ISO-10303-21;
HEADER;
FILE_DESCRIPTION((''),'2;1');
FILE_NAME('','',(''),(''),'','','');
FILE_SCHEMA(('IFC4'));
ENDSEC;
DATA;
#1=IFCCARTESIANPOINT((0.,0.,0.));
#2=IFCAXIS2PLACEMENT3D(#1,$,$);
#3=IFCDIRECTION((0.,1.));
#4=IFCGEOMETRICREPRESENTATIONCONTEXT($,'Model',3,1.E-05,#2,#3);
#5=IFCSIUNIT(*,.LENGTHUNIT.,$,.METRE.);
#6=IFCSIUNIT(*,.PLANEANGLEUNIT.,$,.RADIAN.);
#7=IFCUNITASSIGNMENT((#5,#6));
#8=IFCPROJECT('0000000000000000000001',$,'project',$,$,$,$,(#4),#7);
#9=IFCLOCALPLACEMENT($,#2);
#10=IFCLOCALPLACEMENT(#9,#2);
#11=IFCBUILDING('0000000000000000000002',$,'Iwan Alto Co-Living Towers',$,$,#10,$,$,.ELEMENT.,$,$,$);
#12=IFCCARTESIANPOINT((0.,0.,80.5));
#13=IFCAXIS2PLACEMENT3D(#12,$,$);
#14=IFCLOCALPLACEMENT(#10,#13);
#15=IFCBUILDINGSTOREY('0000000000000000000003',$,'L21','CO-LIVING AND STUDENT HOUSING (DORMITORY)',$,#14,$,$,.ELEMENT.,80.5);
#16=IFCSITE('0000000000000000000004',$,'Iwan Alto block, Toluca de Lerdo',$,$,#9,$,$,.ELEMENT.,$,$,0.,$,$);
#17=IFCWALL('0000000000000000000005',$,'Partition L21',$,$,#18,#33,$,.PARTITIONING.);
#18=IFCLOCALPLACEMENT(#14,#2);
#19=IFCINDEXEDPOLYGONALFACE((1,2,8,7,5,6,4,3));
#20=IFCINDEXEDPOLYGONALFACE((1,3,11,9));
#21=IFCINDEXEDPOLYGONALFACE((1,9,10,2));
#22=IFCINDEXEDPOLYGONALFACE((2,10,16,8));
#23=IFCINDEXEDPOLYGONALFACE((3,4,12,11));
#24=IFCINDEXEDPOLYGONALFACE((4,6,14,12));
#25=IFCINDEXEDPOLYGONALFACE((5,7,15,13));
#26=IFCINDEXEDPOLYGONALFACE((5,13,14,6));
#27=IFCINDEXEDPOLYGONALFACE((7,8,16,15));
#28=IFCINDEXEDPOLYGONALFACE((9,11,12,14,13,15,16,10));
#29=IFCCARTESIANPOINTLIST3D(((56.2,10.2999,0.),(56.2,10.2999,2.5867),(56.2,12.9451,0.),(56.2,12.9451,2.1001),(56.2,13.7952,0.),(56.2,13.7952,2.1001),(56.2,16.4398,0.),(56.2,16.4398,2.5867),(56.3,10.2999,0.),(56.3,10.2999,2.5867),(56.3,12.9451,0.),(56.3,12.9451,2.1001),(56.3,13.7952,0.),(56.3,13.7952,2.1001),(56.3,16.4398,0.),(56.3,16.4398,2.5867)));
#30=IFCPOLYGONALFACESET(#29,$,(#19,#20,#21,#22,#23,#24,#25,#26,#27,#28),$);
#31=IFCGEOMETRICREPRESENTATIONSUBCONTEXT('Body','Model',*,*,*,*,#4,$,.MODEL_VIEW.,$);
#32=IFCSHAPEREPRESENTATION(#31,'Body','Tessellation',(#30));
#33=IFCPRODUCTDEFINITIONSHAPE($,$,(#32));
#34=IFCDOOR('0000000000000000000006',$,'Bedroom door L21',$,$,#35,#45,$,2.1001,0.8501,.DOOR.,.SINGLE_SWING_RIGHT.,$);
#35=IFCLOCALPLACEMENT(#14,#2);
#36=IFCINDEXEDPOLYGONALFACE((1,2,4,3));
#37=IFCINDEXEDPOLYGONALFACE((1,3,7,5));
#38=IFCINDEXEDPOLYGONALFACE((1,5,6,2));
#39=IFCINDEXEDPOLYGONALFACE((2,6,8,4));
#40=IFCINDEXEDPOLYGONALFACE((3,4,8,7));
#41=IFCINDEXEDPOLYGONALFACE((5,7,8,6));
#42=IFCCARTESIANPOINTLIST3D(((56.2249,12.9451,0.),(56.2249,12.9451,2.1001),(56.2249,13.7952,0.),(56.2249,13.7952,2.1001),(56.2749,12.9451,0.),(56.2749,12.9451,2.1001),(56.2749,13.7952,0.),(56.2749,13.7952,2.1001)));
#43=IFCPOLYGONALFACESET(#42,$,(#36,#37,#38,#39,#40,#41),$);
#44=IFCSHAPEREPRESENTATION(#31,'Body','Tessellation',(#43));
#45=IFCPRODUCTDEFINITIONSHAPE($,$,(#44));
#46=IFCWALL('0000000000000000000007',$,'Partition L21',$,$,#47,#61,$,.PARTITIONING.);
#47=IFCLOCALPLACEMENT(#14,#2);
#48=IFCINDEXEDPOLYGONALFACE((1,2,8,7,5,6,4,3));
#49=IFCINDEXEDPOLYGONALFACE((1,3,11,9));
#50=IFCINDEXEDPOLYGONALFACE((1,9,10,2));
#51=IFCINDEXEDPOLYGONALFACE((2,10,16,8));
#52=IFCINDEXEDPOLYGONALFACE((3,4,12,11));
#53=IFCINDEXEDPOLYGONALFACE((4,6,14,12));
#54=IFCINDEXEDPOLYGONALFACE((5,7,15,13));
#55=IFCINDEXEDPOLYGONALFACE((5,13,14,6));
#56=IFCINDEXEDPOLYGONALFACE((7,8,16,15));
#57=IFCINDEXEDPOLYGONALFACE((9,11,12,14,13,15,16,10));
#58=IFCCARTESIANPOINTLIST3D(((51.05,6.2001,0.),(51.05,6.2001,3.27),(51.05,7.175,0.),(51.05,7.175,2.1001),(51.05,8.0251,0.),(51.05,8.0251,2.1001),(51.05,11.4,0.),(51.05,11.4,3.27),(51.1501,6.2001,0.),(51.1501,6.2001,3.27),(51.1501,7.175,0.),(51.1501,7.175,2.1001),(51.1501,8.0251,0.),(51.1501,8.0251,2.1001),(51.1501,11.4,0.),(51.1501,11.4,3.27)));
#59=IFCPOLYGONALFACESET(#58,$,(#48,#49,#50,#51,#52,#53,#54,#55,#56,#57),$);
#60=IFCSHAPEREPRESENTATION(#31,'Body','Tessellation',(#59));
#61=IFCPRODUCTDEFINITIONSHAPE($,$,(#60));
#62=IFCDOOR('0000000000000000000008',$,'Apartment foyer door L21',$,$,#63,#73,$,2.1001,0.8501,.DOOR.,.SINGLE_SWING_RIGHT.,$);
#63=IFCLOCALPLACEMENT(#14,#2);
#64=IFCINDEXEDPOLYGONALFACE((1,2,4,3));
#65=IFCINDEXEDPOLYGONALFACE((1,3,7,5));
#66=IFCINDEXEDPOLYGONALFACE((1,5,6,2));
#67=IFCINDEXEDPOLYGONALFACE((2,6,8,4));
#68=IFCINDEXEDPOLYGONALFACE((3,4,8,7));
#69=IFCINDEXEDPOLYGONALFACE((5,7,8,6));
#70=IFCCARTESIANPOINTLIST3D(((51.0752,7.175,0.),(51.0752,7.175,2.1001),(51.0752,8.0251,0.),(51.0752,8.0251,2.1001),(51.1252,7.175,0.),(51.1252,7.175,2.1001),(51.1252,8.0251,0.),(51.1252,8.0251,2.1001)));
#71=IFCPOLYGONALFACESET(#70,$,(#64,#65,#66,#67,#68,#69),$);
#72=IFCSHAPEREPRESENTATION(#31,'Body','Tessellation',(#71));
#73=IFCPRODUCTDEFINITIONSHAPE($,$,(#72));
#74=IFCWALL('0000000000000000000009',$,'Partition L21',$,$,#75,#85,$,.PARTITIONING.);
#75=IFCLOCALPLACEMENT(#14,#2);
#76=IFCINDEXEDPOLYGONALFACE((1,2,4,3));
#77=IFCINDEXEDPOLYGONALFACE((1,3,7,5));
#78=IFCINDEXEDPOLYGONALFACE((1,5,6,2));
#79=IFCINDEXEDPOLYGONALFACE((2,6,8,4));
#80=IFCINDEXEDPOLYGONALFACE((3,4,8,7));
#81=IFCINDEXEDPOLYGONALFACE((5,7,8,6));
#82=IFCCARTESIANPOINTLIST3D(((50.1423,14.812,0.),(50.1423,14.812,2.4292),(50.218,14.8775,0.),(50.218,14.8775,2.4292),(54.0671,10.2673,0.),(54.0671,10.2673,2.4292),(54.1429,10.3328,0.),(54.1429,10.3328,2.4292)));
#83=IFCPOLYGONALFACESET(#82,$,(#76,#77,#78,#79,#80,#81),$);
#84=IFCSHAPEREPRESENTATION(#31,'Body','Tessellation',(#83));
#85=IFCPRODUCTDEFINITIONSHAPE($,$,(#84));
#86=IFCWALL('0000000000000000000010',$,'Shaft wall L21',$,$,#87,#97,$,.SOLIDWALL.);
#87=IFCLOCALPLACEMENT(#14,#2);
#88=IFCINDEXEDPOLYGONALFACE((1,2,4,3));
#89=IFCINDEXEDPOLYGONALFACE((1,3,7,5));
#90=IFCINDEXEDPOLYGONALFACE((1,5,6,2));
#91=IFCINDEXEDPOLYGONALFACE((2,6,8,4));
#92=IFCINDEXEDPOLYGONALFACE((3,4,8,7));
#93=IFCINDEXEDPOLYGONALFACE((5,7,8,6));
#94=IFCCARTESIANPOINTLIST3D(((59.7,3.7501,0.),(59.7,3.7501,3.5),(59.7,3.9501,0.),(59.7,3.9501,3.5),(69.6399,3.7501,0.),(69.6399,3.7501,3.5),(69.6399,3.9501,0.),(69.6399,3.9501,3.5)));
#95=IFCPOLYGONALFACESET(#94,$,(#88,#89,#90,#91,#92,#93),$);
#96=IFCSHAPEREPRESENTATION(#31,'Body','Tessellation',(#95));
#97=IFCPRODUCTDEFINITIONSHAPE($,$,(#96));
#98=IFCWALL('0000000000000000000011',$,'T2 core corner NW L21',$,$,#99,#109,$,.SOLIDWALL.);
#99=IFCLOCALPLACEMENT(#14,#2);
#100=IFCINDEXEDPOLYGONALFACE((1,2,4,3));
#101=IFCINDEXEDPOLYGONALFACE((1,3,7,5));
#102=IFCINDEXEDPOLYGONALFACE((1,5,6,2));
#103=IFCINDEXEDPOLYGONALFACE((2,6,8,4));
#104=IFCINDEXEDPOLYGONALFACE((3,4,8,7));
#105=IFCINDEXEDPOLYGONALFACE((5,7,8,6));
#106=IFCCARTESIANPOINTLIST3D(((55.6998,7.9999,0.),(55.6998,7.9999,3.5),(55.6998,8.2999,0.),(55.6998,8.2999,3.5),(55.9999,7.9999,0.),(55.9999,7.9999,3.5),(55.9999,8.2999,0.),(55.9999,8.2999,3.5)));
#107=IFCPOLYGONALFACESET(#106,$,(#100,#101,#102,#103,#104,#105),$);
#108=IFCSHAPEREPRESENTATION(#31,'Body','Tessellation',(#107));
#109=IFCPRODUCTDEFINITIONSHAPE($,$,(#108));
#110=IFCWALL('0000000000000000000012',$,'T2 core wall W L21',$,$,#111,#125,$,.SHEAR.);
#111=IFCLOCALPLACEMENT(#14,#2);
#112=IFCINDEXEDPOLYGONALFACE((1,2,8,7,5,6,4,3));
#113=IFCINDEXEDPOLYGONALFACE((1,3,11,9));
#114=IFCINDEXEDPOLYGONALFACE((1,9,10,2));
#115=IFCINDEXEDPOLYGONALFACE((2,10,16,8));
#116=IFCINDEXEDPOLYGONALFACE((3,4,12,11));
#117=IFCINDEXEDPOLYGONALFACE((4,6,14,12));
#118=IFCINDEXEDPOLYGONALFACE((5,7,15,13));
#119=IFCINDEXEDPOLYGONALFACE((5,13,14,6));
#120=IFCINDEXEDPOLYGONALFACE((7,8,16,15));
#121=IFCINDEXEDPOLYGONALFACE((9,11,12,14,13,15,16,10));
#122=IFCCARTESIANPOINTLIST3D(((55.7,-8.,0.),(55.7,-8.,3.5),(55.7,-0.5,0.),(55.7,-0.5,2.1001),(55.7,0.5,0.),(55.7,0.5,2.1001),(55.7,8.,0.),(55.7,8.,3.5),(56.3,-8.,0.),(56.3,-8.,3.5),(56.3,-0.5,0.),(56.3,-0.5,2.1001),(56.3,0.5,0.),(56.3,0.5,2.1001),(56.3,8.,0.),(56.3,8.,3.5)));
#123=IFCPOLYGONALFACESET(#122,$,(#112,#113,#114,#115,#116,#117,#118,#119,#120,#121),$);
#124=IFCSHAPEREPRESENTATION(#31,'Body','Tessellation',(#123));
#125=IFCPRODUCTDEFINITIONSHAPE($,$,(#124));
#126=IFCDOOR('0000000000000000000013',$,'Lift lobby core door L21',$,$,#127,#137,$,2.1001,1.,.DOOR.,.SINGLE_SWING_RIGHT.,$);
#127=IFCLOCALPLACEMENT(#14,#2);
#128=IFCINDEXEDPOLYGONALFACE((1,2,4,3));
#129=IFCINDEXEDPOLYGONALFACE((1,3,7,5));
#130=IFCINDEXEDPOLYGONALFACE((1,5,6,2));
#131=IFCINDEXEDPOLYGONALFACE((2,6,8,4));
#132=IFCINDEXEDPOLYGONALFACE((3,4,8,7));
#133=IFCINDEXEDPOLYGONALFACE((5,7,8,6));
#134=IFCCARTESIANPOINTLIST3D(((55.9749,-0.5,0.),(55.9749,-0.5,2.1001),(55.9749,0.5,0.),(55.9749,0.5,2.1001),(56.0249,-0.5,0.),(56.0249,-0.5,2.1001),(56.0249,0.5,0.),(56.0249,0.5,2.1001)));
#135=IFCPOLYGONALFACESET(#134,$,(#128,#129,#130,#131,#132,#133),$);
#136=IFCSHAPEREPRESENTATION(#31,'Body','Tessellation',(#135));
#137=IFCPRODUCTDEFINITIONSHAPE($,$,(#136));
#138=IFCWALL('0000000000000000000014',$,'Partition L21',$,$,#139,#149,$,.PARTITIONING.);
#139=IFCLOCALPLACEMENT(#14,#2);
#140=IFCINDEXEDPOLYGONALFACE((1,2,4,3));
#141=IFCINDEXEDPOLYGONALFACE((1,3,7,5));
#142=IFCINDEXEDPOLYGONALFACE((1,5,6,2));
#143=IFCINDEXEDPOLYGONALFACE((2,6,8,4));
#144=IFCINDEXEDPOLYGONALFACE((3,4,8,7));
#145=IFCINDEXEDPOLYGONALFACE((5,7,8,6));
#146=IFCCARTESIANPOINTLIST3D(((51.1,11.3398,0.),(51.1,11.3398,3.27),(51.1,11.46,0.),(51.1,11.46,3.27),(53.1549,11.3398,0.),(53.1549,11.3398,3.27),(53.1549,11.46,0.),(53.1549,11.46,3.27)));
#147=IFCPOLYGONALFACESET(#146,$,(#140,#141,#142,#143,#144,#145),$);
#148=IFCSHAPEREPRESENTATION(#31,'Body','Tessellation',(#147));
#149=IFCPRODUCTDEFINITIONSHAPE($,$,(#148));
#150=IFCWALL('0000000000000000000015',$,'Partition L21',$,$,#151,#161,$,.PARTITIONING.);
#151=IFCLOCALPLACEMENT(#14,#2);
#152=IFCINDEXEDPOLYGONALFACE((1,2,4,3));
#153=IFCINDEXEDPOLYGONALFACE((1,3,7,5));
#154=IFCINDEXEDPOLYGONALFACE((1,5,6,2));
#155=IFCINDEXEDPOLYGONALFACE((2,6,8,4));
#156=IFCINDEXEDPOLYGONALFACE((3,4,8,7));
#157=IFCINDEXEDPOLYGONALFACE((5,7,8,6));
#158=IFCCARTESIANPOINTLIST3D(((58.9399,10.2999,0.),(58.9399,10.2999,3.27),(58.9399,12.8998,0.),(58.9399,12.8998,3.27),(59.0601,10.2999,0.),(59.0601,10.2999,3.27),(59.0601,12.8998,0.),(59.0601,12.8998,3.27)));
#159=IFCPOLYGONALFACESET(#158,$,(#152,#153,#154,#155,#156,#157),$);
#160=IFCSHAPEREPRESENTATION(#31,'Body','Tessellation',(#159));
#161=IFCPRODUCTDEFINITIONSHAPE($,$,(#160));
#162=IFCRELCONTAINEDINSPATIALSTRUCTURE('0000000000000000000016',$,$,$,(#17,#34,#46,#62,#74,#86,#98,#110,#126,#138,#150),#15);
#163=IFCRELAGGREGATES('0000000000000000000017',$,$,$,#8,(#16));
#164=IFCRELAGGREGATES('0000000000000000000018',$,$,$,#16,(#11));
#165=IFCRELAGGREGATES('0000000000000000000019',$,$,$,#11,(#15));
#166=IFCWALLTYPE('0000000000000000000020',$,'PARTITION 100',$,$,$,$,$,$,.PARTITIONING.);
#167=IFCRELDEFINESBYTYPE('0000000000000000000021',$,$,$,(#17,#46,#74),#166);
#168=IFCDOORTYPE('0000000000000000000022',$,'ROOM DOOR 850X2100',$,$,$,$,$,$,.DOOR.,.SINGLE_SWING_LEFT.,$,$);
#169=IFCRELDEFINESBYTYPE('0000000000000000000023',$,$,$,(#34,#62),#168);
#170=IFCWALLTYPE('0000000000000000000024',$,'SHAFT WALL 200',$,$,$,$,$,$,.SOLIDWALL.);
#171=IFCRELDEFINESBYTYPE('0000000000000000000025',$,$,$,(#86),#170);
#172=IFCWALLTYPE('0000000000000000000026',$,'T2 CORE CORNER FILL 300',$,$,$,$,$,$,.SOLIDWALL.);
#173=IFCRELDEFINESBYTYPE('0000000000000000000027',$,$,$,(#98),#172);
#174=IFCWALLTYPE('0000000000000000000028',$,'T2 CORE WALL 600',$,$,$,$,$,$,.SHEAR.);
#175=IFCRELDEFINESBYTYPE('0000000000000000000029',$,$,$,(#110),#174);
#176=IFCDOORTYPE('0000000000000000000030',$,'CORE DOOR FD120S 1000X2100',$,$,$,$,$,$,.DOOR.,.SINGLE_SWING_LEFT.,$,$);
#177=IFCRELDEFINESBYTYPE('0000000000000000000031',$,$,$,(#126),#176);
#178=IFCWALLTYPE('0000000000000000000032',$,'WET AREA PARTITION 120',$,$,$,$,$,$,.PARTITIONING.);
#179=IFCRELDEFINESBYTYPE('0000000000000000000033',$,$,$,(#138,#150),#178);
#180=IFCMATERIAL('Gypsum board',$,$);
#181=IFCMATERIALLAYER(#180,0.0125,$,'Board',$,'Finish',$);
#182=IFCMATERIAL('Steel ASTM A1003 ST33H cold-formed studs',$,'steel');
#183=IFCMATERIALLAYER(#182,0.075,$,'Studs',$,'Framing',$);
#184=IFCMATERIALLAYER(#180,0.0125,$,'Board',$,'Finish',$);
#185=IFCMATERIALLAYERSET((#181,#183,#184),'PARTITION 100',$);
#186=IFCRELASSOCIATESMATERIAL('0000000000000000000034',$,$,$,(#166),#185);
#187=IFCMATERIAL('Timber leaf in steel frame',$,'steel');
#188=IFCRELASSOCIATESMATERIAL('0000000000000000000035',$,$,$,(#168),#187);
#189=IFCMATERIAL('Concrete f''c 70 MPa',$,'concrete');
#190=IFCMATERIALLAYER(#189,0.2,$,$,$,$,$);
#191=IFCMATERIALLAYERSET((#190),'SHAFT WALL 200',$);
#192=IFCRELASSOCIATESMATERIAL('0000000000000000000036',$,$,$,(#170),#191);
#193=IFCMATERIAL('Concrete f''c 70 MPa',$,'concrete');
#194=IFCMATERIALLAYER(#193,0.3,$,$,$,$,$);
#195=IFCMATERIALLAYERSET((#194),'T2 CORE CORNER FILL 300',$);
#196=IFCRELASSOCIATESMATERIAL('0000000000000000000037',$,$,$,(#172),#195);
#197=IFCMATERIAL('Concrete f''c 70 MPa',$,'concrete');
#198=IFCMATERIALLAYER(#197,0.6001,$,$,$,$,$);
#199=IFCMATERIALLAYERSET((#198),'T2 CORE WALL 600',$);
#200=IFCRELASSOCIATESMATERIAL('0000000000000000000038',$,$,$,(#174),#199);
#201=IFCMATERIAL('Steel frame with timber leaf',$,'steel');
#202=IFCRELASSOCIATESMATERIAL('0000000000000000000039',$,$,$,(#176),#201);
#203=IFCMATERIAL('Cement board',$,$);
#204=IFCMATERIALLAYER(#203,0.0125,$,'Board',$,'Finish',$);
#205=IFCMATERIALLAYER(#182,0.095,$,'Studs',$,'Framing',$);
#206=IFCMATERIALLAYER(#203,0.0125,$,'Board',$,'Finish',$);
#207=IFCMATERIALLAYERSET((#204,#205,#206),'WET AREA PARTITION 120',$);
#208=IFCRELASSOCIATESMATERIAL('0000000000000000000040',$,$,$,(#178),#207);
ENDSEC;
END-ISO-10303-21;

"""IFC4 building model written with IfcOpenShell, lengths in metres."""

from ifc_helpers import new_model, si_unit, direction, frame, frame_2d, origin, place, context, subcontext, project, spatial, rectangle, extrude, material, layer, layer_set, type_object, element, fill, save


model = new_model("IFC4")

# Units and contexts
model_context = context("Model", 3, precision=1e-05, world=origin(), true_north=direction((0.0, 1.0)))
body_context = subcontext(model_context, "Body", "Model", "MODEL_VIEW")
ifc_project = project(units=[si_unit("LENGTHUNIT", "METRE"), si_unit("PLANEANGLEUNIT", "RADIAN")], contexts=[model_context])

# Site, building, storey
site_placement = place(None, origin())
site = spatial("IfcSite", under=ifc_project, at=site_placement, Name="Iwan Alto block, Toluca de Lerdo", CompositionType="ELEMENT", RefElevation=0.0)
building_placement = place(site_placement, origin())
building = spatial("IfcBuilding", under=site, at=building_placement, Name="Iwan Alto Co-Living Towers", CompositionType="ELEMENT")
storey_placement = place(building_placement, frame((0.0, 0.0, 80.5)))
storey = spatial("IfcBuildingStorey", under=building, at=storey_placement, Name="L21", Description="CO-LIVING AND STUDENT HOUSING (DORMITORY)", CompositionType="ELEMENT", Elevation=80.5)

# Shared definitions
ifc_material_1 = material(Name="Gypsum board")
ifc_material_2 = material(Name="Steel ASTM A1003 ST33H cold-formed studs", Category="steel")

# Shared definitions
ifc_layer_1 = layer(ifc_material_1, 0.0125, Name="Board", Category="Finish")
ifc_layer_2 = layer(ifc_material_2, 0.075, Name="Studs", Category="Framing")
ifc_layer_3 = layer(ifc_material_1, 0.0125, Name="Board", Category="Finish")
ifc_layer_set_1 = layer_set([ifc_layer_1, ifc_layer_2, ifc_layer_3], Name="PARTITION 100")
wall_type_1 = type_object("IfcWallType", Name="PARTITION 100", PredefinedType="PARTITIONING", material=ifc_layer_set_1)

# Shared definitions
ifc_material_3 = material(Name="Timber leaf in steel frame", Category="steel")
door_type_1 = type_object("IfcDoorType", Name="ROOM DOOR 850X2100", OperationType="SINGLE_SWING_LEFT", PredefinedType="DOOR", material=ifc_material_3)

# Walls, openings, doors
wall_1_placement = place(storey_placement, frame((56.25, 10.3, 0.0), z_axis=(0.0, 0.0, 1.0), x_axis=(0.0, 1.0, 0.0)))
wall_1 = element("IfcWall", 1, at=wall_1_placement, inside=storey, type_object=wall_type_1, Name="Partition L21", PredefinedType="PARTITIONING", context=body_context, shape_type="SweptSolid", body=[
    extrude(rectangle(XDim=6.1399, YDim=0.1001, at=frame_2d((3.0698, 0.0))), origin(), (0.0, 0.0, 1.0), 2.5867),
])
opening_1_placement = place(wall_1_placement, frame((2.645, 0.0, 0.0)))
opening_1 = element("IfcOpeningElement", 2, at=opening_1_placement, cuts=wall_1, PredefinedType="OPENING", context=body_context, shape_type="SweptSolid", body=[
    extrude(rectangle(XDim=0.8501, YDim=2.1001, at=frame_2d((0.425, 1.05))), frame((0.0, 0.0601, 0.0), z_axis=(0.0, -1.0, 0.0), x_axis=(1.0, 0.0, 0.0)), (0.0, 0.0, 1.0), 0.1201),
])
door_1_placement = place(opening_1_placement, frame((0.8501, 0.0, 0.0), z_axis=(0.0, 0.0, 1.0), x_axis=(-1.0, 0.0, 0.0)))
door_1 = element("IfcDoor", 3, at=door_1_placement, inside=storey, type_object=door_type_1, Name="Bedroom door L21", OperationType="SINGLE_SWING_RIGHT", OverallHeight=2.1001, OverallWidth=0.8501, PredefinedType="DOOR", context=body_context, shape_type="SweptSolid", body=[
    extrude(rectangle(XDim=0.8501, YDim=2.1001, at=frame_2d((0.425, 1.05))), frame((0.0, 0.0249, 0.0), z_axis=(0.0, -1.0, 0.0), x_axis=(1.0, 0.0, 0.0)), (0.0, 0.0, 1.0), 0.05),
])
fill(opening_1, door_1)
wall_2_placement = place(storey_placement, frame((51.1001, 6.2, 0.0), z_axis=(0.0, 0.0, 1.0), x_axis=(0.0, 1.0, 0.0)))
wall_2 = element("IfcWall", 4, at=wall_2_placement, inside=storey, type_object=wall_type_1, Name="Partition L21", PredefinedType="PARTITIONING", context=body_context, shape_type="SweptSolid", body=[
    extrude(rectangle(XDim=5.2, YDim=0.1001, at=frame_2d((2.6001, 0.0))), origin(), (0.0, 0.0, 1.0), 3.27),
])
opening_2_placement = place(wall_2_placement, frame((0.9751, 0.0, 0.0)))
opening_2 = element("IfcOpeningElement", 5, at=opening_2_placement, cuts=wall_2, PredefinedType="OPENING", context=body_context, shape_type="SweptSolid", body=[
    extrude(rectangle(XDim=0.8501, YDim=2.1001, at=frame_2d((0.425, 1.05))), frame((0.0, 0.0601, 0.0), z_axis=(0.0, -1.0, 0.0), x_axis=(1.0, 0.0, 0.0)), (0.0, 0.0, 1.0), 0.1201),
])
door_2_placement = place(opening_2_placement, origin())
door_2 = element("IfcDoor", 6, at=door_2_placement, inside=storey, type_object=door_type_1, Name="Apartment foyer door L21", OperationType="SINGLE_SWING_RIGHT", OverallHeight=2.1001, OverallWidth=0.8501, PredefinedType="DOOR", context=body_context, shape_type="SweptSolid", body=[
    extrude(rectangle(XDim=0.8501, YDim=2.1001, at=frame_2d((0.425, 1.05))), frame((0.0, 0.0249, 0.0), z_axis=(0.0, -1.0, 0.0), x_axis=(1.0, 0.0, 0.0)), (0.0, 0.0, 1.0), 0.05),
])
fill(opening_2, door_2)

# Walls
wall_3_placement = place(storey_placement, frame((54.105, 10.3, 0.0), z_axis=(0.0, 0.0, 1.0), x_axis=(-0.653606, 0.756835, 0.0)))
element("IfcWall", 7, at=wall_3_placement, inside=storey, type_object=wall_type_1, Name="Partition L21", PredefinedType="PARTITIONING", context=body_context, shape_type="SweptSolid", body=[
    extrude(rectangle(XDim=6.0049, YDim=0.1001, at=frame_2d((3.0024, 0.0))), origin(), (0.0, 0.0, 1.0), 2.4292),
])
ifc_material_4 = material(Name="Concrete f'c 70 MPa", Category="concrete")
ifc_layer_4 = layer(ifc_material_4, 0.2)
ifc_layer_set_2 = layer_set([ifc_layer_4], Name="SHAFT WALL 200")
wall_type_2 = type_object("IfcWallType", Name="SHAFT WALL 200", PredefinedType="SOLIDWALL", material=ifc_layer_set_2)
wall_4_placement = place(storey_placement, frame((59.7, 3.8501, 0.0), z_axis=(0.0, 0.0, 1.0), x_axis=(1.0, 0.0, 0.0)))
element("IfcWall", 8, at=wall_4_placement, inside=storey, type_object=wall_type_2, Name="Shaft wall L21", PredefinedType="SOLIDWALL", context=body_context, shape_type="SweptSolid", body=[
    extrude(rectangle(XDim=9.9399, YDim=0.2, at=frame_2d((4.97, 0.0))), origin(), (0.0, 0.0, 1.0), 3.5),
])
ifc_material_5 = material(Name="Concrete f'c 70 MPa", Category="concrete")
ifc_layer_5 = layer(ifc_material_5, 0.3)
ifc_layer_set_3 = layer_set([ifc_layer_5], Name="T2 CORE CORNER FILL 300")
wall_type_3 = type_object("IfcWallType", Name="T2 CORE CORNER FILL 300", PredefinedType="SOLIDWALL", material=ifc_layer_set_3)
wall_5_placement = place(storey_placement, frame((55.7, 8.1499, 0.0), z_axis=(0.0, 0.0, 1.0), x_axis=(1.0, 0.0, 0.0)))
element("IfcWall", 9, at=wall_5_placement, inside=storey, type_object=wall_type_3, Name="T2 core corner NW L21", PredefinedType="SOLIDWALL", context=body_context, shape_type="SweptSolid", body=[
    extrude(rectangle(XDim=0.3, YDim=0.3, at=frame_2d((0.1499, 0.0))), origin(), (0.0, 0.0, 1.0), 3.5),
])

# Wall, opening, door
ifc_material_6 = material(Name="Concrete f'c 70 MPa", Category="concrete")
ifc_layer_6 = layer(ifc_material_6, 0.6001)
ifc_layer_set_4 = layer_set([ifc_layer_6], Name="T2 CORE WALL 600")
wall_type_4 = type_object("IfcWallType", Name="T2 CORE WALL 600", PredefinedType="SHEAR", material=ifc_layer_set_4)
wall_6_placement = place(storey_placement, frame((56.0, 8.0, 0.0), z_axis=(0.0, 0.0, 1.0), x_axis=(0.0, -1.0, 0.0)))
wall_6 = element("IfcWall", 10, at=wall_6_placement, inside=storey, type_object=wall_type_4, Name="T2 core wall W L21", PredefinedType="SHEAR", context=body_context, shape_type="SweptSolid", body=[
    extrude(rectangle(XDim=16.0, YDim=0.6001, at=frame_2d((8.0, 0.0))), origin(), (0.0, 0.0, 1.0), 3.5),
])
opening_3_placement = place(wall_6_placement, frame((7.5, 0.0, 0.0)))
opening_3 = element("IfcOpeningElement", 11, at=opening_3_placement, cuts=wall_6, PredefinedType="OPENING", context=body_context, shape_type="SweptSolid", body=[
    extrude(rectangle(XDim=1.0, YDim=2.1001, at=frame_2d((0.5, 1.05))), frame((0.0, 0.3101, 0.0), z_axis=(0.0, -1.0, 0.0), x_axis=(1.0, 0.0, 0.0)), (0.0, 0.0, 1.0), 0.6201),
])
ifc_material_7 = material(Name="Steel frame with timber leaf", Category="steel")
door_type_2 = type_object("IfcDoorType", Name="CORE DOOR FD120S 1000X2100", OperationType="SINGLE_SWING_LEFT", PredefinedType="DOOR", material=ifc_material_7)
door_3_placement = place(opening_3_placement, origin())
door_3 = element("IfcDoor", 12, at=door_3_placement, inside=storey, type_object=door_type_2, Name="Lift lobby core door L21", OperationType="SINGLE_SWING_RIGHT", OverallHeight=2.1001, OverallWidth=1.0, PredefinedType="DOOR", context=body_context, shape_type="SweptSolid", body=[
    extrude(rectangle(XDim=1.0, YDim=2.1001, at=frame_2d((0.5, 1.05))), frame((0.0, 0.0249, 0.0), z_axis=(0.0, -1.0, 0.0), x_axis=(1.0, 0.0, 0.0)), (0.0, 0.0, 1.0), 0.05),
])
fill(opening_3, door_3)

# Walls
ifc_material_8 = material(Name="Cement board")
ifc_layer_7 = layer(ifc_material_8, 0.0125, Name="Board", Category="Finish")
ifc_layer_8 = layer(ifc_material_2, 0.095, Name="Studs", Category="Framing")
ifc_layer_9 = layer(ifc_material_8, 0.0125, Name="Board", Category="Finish")
ifc_layer_set_5 = layer_set([ifc_layer_7, ifc_layer_8, ifc_layer_9], Name="WET AREA PARTITION 120")
wall_type_5 = type_object("IfcWallType", Name="WET AREA PARTITION 120", PredefinedType="PARTITIONING", material=ifc_layer_set_5)
wall_7_placement = place(storey_placement, frame((51.1001, 11.3999, 0.0), z_axis=(0.0, 0.0, 1.0), x_axis=(1.0, 0.0, 0.0)))
element("IfcWall", 13, at=wall_7_placement, inside=storey, type_object=wall_type_5, Name="Partition L21", PredefinedType="PARTITIONING", context=body_context, shape_type="SweptSolid", body=[
    extrude(rectangle(XDim=2.0549, YDim=0.1201, at=frame_2d((1.0273, 0.0))), origin(), (0.0, 0.0, 1.0), 3.27),
])
wall_8_placement = place(storey_placement, frame((59.0, 10.3, 0.0), z_axis=(0.0, 0.0, 1.0), x_axis=(0.0, 1.0, 0.0)))
element("IfcWall", 14, at=wall_8_placement, inside=storey, type_object=wall_type_5, Name="Partition L21", PredefinedType="PARTITIONING", context=body_context, shape_type="SweptSolid", body=[
    extrude(rectangle(XDim=2.5999, YDim=0.1201, at=frame_2d((1.2998, 0.0))), origin(), (0.0, 0.0, 1.0), 3.27),
])

save(model, "model.ifc")
